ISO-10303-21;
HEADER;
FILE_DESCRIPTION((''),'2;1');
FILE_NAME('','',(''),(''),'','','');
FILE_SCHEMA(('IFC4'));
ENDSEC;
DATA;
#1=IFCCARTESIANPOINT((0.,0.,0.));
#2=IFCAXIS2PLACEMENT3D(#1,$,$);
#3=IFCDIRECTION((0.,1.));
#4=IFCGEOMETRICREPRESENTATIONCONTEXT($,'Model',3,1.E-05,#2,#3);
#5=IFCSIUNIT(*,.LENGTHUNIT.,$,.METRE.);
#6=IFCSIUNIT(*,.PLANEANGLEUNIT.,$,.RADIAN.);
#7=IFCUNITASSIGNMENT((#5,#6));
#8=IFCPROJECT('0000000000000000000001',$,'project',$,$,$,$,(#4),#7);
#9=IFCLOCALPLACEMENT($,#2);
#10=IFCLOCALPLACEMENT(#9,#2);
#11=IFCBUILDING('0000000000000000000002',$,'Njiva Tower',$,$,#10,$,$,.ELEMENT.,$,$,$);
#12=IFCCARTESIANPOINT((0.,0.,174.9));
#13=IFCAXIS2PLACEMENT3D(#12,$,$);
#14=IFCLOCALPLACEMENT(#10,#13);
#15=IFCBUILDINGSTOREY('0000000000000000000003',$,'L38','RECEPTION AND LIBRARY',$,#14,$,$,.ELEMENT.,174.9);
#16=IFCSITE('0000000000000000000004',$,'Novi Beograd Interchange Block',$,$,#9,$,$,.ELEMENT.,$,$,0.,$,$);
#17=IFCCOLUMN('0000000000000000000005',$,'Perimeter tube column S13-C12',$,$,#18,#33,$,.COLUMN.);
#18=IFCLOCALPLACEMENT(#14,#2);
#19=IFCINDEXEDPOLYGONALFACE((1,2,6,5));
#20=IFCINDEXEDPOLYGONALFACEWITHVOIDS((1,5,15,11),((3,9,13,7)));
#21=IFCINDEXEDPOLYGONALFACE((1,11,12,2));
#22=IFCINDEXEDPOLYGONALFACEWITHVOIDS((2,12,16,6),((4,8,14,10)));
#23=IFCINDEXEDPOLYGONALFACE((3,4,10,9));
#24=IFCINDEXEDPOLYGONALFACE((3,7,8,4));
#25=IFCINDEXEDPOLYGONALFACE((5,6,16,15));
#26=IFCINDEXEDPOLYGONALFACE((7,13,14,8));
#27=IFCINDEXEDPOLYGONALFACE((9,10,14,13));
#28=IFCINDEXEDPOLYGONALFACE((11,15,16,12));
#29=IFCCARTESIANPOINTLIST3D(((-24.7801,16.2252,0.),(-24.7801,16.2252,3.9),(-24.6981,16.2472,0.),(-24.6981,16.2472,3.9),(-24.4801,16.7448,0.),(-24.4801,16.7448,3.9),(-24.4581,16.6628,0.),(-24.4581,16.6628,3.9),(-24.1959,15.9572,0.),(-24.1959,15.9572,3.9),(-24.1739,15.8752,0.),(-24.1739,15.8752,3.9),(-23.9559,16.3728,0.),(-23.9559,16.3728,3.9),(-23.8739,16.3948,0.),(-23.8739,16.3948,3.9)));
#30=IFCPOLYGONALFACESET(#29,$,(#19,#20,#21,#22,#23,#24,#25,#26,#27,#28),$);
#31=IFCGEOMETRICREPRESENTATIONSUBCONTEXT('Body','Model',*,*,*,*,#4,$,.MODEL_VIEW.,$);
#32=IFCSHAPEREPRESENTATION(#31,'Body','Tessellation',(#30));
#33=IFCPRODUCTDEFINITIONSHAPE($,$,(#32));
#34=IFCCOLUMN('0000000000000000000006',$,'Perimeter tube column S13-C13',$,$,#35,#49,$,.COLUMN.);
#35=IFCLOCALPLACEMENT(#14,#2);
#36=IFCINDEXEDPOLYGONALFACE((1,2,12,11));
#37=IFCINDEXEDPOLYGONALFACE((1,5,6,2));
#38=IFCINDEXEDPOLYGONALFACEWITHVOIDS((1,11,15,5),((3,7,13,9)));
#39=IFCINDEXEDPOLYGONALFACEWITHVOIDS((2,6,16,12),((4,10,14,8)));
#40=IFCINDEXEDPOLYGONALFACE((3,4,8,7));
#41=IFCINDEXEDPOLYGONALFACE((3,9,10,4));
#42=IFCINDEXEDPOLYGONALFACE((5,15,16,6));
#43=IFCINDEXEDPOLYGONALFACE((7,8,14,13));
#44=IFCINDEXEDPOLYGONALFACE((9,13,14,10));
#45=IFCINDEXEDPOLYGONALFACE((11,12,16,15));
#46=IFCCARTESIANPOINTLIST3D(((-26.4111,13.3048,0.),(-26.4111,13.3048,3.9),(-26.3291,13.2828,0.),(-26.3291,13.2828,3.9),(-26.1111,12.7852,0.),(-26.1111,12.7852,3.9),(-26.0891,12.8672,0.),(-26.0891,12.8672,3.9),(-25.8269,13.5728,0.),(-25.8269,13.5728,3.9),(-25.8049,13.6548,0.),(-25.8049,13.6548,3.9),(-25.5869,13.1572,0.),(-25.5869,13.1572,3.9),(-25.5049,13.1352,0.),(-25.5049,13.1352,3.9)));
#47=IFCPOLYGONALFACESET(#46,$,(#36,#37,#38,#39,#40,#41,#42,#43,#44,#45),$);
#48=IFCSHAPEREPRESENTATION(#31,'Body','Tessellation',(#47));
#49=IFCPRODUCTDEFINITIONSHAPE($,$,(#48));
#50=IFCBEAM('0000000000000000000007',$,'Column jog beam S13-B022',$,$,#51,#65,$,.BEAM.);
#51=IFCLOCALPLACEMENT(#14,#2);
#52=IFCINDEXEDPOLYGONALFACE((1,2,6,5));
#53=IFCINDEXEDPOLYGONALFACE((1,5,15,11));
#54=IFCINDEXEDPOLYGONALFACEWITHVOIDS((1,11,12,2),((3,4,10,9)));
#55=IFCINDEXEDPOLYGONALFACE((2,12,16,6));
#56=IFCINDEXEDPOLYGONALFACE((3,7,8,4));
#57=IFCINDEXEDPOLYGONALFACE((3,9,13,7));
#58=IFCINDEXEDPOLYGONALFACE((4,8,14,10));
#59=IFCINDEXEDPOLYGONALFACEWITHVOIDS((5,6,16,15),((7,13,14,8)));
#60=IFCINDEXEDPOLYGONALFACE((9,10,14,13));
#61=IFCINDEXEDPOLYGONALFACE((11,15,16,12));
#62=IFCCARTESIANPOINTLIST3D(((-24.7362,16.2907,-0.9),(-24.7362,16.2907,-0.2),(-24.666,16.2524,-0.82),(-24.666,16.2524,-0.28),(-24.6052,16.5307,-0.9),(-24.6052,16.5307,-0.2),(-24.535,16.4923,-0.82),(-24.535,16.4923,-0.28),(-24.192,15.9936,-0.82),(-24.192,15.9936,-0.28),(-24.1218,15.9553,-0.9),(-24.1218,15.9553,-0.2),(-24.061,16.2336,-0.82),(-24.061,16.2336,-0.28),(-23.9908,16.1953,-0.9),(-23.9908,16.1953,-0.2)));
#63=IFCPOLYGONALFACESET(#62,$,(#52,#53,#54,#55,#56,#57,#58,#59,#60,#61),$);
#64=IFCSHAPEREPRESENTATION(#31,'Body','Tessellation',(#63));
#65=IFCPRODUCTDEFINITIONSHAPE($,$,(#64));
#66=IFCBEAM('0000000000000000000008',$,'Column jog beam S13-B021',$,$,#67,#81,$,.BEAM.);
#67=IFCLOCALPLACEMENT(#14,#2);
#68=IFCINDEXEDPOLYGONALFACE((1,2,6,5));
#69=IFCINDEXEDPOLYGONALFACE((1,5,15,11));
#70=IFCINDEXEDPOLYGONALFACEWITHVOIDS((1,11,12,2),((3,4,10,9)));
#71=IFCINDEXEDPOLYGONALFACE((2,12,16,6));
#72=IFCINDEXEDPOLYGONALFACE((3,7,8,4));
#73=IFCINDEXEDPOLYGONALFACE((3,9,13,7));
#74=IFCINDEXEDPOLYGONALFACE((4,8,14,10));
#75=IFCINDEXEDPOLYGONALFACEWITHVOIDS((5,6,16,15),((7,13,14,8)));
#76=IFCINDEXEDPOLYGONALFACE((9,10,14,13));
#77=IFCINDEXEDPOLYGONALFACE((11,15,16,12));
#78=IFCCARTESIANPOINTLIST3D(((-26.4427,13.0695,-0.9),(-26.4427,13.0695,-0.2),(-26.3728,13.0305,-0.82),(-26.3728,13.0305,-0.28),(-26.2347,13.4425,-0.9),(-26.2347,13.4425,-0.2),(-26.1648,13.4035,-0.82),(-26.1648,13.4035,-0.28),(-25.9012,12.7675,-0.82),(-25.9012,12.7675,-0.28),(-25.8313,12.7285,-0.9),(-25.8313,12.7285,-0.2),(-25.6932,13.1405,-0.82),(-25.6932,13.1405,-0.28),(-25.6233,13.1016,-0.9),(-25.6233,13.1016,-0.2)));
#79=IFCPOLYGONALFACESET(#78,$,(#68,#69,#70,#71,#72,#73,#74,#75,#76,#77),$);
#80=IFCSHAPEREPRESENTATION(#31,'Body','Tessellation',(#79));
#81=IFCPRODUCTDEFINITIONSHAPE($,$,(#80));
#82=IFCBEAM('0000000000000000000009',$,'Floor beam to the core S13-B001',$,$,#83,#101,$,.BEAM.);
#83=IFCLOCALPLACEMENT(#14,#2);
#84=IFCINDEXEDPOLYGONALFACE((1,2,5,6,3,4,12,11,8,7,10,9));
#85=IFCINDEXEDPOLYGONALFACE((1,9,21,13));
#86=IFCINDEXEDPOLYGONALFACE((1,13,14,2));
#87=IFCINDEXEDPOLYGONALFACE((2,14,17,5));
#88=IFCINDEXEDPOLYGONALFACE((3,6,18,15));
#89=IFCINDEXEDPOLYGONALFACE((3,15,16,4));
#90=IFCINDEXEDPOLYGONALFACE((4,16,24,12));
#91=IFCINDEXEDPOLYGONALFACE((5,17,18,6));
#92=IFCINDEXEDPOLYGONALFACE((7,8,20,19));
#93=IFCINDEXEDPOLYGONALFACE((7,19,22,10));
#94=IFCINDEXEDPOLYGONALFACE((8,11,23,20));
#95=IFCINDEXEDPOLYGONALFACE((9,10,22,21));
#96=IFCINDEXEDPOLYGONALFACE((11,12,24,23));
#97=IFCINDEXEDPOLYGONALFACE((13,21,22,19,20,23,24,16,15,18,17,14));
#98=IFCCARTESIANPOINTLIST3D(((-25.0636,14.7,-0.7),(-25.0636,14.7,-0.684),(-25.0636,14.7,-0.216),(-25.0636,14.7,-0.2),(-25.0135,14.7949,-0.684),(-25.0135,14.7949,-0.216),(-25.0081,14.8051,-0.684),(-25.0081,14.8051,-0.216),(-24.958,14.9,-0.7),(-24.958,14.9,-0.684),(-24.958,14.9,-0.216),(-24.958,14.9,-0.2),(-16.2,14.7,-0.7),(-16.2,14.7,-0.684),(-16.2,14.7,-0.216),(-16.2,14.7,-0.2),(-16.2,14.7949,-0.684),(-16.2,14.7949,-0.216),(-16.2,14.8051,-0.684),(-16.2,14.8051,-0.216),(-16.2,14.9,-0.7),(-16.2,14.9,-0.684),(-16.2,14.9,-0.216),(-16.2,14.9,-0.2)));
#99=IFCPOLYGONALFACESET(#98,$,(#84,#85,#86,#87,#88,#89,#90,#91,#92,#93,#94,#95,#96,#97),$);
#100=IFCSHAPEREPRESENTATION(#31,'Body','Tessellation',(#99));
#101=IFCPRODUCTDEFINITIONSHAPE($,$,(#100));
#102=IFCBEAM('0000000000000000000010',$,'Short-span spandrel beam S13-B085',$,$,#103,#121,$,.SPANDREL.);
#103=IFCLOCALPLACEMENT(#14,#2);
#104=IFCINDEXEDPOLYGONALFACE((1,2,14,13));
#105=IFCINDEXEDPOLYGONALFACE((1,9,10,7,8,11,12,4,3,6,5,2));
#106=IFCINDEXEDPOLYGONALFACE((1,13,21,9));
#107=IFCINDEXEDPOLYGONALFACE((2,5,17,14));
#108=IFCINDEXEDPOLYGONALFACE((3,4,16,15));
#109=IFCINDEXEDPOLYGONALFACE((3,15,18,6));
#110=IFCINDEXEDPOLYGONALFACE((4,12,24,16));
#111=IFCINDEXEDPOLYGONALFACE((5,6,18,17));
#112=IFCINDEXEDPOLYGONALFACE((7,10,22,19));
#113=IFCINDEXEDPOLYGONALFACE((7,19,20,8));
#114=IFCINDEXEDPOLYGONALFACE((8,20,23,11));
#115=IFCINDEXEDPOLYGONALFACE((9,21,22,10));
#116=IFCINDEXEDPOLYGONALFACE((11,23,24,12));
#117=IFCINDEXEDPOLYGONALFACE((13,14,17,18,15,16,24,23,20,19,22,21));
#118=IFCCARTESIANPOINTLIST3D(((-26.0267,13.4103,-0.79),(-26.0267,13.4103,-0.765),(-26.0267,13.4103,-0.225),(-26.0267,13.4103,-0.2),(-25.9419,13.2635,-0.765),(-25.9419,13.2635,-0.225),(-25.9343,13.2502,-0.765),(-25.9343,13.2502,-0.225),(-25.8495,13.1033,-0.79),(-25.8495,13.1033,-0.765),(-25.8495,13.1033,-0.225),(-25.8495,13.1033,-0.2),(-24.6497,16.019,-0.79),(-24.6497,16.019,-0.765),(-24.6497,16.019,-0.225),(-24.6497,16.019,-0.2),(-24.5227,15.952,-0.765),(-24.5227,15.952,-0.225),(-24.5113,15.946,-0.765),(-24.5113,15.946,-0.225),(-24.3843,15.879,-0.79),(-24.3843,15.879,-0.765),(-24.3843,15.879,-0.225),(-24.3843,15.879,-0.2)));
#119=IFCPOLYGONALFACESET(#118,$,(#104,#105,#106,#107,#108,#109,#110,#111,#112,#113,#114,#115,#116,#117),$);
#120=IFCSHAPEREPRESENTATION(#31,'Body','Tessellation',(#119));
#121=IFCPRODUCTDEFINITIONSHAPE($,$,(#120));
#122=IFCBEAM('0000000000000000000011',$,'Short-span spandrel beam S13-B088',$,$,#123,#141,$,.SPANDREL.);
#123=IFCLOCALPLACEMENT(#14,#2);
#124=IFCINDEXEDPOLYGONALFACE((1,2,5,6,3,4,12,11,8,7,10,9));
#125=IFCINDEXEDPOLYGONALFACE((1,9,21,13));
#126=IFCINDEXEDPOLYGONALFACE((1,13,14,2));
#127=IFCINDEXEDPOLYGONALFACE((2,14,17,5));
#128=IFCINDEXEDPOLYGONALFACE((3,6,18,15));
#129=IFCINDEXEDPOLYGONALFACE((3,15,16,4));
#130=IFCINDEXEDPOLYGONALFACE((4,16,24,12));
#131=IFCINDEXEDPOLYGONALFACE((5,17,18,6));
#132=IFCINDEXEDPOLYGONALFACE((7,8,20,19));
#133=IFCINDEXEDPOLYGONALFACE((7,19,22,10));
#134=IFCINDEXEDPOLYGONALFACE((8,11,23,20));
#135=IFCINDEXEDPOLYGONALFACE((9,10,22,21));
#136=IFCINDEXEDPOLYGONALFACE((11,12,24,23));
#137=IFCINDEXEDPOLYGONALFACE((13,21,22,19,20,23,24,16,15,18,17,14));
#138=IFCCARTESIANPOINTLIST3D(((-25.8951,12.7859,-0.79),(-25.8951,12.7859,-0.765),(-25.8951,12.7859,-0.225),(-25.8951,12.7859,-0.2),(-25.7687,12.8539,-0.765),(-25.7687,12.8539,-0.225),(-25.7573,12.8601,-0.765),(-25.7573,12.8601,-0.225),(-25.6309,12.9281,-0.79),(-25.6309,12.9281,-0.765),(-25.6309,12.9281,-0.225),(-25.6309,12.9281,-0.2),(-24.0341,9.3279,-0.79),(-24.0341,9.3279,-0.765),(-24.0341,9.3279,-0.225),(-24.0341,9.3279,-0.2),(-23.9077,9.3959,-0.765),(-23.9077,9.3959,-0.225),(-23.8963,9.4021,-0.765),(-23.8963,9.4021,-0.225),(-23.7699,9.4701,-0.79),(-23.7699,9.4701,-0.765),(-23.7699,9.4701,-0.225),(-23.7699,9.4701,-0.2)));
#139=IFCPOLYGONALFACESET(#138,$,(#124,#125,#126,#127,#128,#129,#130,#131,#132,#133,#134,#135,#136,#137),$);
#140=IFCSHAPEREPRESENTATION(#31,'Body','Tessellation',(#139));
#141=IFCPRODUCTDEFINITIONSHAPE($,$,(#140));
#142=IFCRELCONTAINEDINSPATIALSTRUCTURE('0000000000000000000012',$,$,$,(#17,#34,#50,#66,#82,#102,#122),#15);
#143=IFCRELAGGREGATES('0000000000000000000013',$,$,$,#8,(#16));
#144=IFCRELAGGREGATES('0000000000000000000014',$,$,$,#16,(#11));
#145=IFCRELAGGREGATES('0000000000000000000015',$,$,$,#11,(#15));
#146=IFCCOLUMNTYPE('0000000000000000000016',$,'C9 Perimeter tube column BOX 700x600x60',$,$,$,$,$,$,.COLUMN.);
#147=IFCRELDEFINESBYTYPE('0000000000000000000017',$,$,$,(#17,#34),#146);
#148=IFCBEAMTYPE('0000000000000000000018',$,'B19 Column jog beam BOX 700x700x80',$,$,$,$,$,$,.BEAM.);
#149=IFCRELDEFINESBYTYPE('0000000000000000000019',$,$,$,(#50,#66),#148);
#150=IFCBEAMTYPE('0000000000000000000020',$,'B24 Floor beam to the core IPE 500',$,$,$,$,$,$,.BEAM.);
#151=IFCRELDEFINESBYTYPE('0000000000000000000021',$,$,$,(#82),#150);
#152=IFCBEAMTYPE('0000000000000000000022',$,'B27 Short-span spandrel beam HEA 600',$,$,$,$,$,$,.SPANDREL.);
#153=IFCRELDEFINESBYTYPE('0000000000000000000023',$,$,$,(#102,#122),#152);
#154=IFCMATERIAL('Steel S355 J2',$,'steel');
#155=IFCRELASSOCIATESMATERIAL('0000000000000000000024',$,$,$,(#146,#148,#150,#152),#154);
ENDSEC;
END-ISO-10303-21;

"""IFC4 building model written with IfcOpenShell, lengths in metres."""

from ifc_helpers import new_model, si_unit, direction, frame, origin, origin_2d, place, context, subcontext, project, spatial, hollow_rectangle, i_section, extrude, clip, halfspace, material, material_profile, profile_set, type_object, element, save


model = new_model("IFC4")

# Units and contexts
model_context = context("Model", 3, precision=1e-05, world=origin(), true_north=direction((0.0, 1.0)))
body_context = subcontext(model_context, "Body", "Model", "MODEL_VIEW")
ifc_project = project(units=[si_unit("LENGTHUNIT", "METRE"), si_unit("PLANEANGLEUNIT", "RADIAN")], contexts=[model_context])

# Site, building, storey
site_placement = place(None, origin())
site = spatial("IfcSite", under=ifc_project, at=site_placement, Name="Novi Beograd Interchange Block", CompositionType="ELEMENT", RefElevation=0.0)
building_placement = place(site_placement, origin())
building = spatial("IfcBuilding", under=site, at=building_placement, Name="Njiva Tower", CompositionType="ELEMENT")
storey_placement = place(building_placement, frame((0.0, 0.0, 174.9)))
storey = spatial("IfcBuildingStorey", under=building, at=storey_placement, Name="L38", Description="RECEPTION AND LIBRARY", CompositionType="ELEMENT", Elevation=174.9)

# Columns
ifc_material_1 = material(Name="Steel S355 J2", Category="steel")
ifc_material_profile_1 = material_profile(ifc_material_1, hollow_rectangle(XDim=0.6, YDim=0.7, WallThickness=0.06, at=origin_2d()), Name="BOX 700x600x60")
ifc_profile_set_1 = profile_set([ifc_material_profile_1], Name="Steel S355 J2")
column_type = type_object("IfcColumnType", Name="C9 Perimeter tube column BOX 700x600x60", PredefinedType="COLUMN", material=ifc_profile_set_1)
for number, where, z_axis, x_axis, name in (
    (1, (-24.327, 16.31, 0.0), (0.0, 0.0, 1.0), (-0.5, -0.866025, 0.0), "Perimeter tube column S13-C12"),
    (2, (-25.958, 13.22, 0.0), (0.0, 0.0, 1.0), (0.5, -0.866025, 0.0), "Perimeter tube column S13-C13"),
):
    element("IfcColumn", number, at=place(storey_placement, frame(where, z_axis=z_axis, x_axis=x_axis)), inside=storey, type_object=column_type, Name=name, PredefinedType="COLUMN", context=body_context, shape_type="SweptSolid", body=[
        extrude(hollow_rectangle(XDim=0.6, YDim=0.7, WallThickness=0.06, at=origin_2d()), origin(), (0.0, 0.0, 1.0), 3.9),
    ])

# Beams
ifc_material_profile_2 = material_profile(ifc_material_1, hollow_rectangle(XDim=0.7, YDim=0.7, WallThickness=0.08, at=origin_2d()), Name="BOX 700x700x80")
ifc_profile_set_2 = profile_set([ifc_material_profile_2], Name="Steel S355 J2")
beam_type_1 = type_object("IfcBeamType", Name="B19 Column jog beam BOX 700x700x80", PredefinedType="BEAM", material=ifc_profile_set_2)
beam_1_placement = place(storey_placement, frame((-24.429, 16.123, -0.55), z_axis=(0.479108, 0.877756, 0.0), x_axis=(-0.877756, 0.479108, 0.0)))
element("IfcBeam", 3, at=beam_1_placement, inside=storey, type_object=beam_type_1, Name="Column jog beam S13-B022", PredefinedType="BEAM", context=body_context, shape_type="SweptSolid", body=[
    extrude(hollow_rectangle(XDim=0.7, YDim=0.7, WallThickness=0.08, at=origin_2d()), origin(), (0.0, 0.0, 1.0), 0.2734),
])
beam_2_placement = place(storey_placement, frame((-26.137, 12.899, -0.55), z_axis=(0.487034, 0.873383, 0.0), x_axis=(-0.873383, 0.487034, 0.0)))
element("IfcBeam", 4, at=beam_2_placement, inside=storey, type_object=beam_type_1, Name="Column jog beam S13-B021", PredefinedType="BEAM", context=body_context, shape_type="SweptSolid", body=[
    extrude(hollow_rectangle(XDim=0.7, YDim=0.7, WallThickness=0.08, at=origin_2d()), origin(), (0.0, 0.0, 1.0), 0.4271),
])
ifc_material_profile_3 = material_profile(ifc_material_1, i_section(OverallWidth=0.2, OverallDepth=0.5, WebThickness=0.0102, FlangeThickness=0.016, at=origin_2d()), Name="IPE 500")
ifc_profile_set_3 = profile_set([ifc_material_profile_3], Name="Steel S355 J2")
beam_type_2 = type_object("IfcBeamType", Name="B24 Floor beam to the core IPE 500", PredefinedType="BEAM", material=ifc_profile_set_3)
beam_3_placement = place(storey_placement, frame((-25.084, 14.8, -0.45), z_axis=(1.0, 0.0, 0.0), x_axis=(0.0, 1.0, 0.0)))
element("IfcBeam", 5, at=beam_3_placement, inside=storey, type_object=beam_type_2, Name="Floor beam to the core S13-B001", PredefinedType="BEAM", context=body_context, shape_type="Clipping", body=[
    clip(extrude(i_section(OverallWidth=0.2, OverallDepth=0.5, WebThickness=0.0102, FlangeThickness=0.016, at=origin_2d()), origin(), (0.0, 0.0, 1.0), 8.884), halfspace(frame((0.0233, 0.0, 0.0855), z_axis=(0.466639, 0.0, -0.884448), x_axis=(0.0, -1.0, 0.0)), False)),
])
ifc_material_profile_4 = material_profile(ifc_material_1, i_section(OverallWidth=0.3, OverallDepth=0.59, WebThickness=0.013, FlangeThickness=0.025, at=origin_2d()), Name="HEA 600")
ifc_profile_set_4 = profile_set([ifc_material_profile_4], Name="Steel S355 J2")
beam_type_3 = type_object("IfcBeamType", Name="B27 Short-span spandrel beam HEA 600", PredefinedType="SPANDREL", material=ifc_profile_set_4)
beam_4_placement = place(storey_placement, frame((-24.517, 15.949, -0.495), z_axis=(-0.466816, -0.884355, 0.0), x_axis=(0.884355, -0.466816, 0.0)))
element("IfcBeam", 6, at=beam_4_placement, inside=storey, type_object=beam_type_3, Name="Short-span spandrel beam S13-B085", PredefinedType="SPANDREL", context=body_context, shape_type="Clipping", body=[
    clip(extrude(i_section(OverallWidth=0.3, OverallDepth=0.59, WebThickness=0.013, FlangeThickness=0.025, at=origin_2d()), origin(), (0.0, 0.0, 1.0), 3.158), halfspace(frame((-0.0266, 0.0, 3.0275), z_axis=(-0.532468, 0.0, 0.84645), x_axis=(0.0, 1.0, 0.0)), False)),
])
beam_5_placement = place(storey_placement, frame((-25.763, 12.857, -0.495), z_axis=(0.473902, -0.880577, 0.0), x_axis=(0.880577, 0.473902, 0.0)))
element("IfcBeam", 7, at=beam_5_placement, inside=storey, type_object=beam_type_3, Name="Short-span spandrel beam S13-B088", PredefinedType="SPANDREL", context=body_context, shape_type="SweptSolid", body=[
    extrude(i_section(OverallWidth=0.3, OverallDepth=0.59, WebThickness=0.013, FlangeThickness=0.025, at=origin_2d()), origin(), (0.0, 0.0, 1.0), 3.927),
])

save(model, "model.ifc")
